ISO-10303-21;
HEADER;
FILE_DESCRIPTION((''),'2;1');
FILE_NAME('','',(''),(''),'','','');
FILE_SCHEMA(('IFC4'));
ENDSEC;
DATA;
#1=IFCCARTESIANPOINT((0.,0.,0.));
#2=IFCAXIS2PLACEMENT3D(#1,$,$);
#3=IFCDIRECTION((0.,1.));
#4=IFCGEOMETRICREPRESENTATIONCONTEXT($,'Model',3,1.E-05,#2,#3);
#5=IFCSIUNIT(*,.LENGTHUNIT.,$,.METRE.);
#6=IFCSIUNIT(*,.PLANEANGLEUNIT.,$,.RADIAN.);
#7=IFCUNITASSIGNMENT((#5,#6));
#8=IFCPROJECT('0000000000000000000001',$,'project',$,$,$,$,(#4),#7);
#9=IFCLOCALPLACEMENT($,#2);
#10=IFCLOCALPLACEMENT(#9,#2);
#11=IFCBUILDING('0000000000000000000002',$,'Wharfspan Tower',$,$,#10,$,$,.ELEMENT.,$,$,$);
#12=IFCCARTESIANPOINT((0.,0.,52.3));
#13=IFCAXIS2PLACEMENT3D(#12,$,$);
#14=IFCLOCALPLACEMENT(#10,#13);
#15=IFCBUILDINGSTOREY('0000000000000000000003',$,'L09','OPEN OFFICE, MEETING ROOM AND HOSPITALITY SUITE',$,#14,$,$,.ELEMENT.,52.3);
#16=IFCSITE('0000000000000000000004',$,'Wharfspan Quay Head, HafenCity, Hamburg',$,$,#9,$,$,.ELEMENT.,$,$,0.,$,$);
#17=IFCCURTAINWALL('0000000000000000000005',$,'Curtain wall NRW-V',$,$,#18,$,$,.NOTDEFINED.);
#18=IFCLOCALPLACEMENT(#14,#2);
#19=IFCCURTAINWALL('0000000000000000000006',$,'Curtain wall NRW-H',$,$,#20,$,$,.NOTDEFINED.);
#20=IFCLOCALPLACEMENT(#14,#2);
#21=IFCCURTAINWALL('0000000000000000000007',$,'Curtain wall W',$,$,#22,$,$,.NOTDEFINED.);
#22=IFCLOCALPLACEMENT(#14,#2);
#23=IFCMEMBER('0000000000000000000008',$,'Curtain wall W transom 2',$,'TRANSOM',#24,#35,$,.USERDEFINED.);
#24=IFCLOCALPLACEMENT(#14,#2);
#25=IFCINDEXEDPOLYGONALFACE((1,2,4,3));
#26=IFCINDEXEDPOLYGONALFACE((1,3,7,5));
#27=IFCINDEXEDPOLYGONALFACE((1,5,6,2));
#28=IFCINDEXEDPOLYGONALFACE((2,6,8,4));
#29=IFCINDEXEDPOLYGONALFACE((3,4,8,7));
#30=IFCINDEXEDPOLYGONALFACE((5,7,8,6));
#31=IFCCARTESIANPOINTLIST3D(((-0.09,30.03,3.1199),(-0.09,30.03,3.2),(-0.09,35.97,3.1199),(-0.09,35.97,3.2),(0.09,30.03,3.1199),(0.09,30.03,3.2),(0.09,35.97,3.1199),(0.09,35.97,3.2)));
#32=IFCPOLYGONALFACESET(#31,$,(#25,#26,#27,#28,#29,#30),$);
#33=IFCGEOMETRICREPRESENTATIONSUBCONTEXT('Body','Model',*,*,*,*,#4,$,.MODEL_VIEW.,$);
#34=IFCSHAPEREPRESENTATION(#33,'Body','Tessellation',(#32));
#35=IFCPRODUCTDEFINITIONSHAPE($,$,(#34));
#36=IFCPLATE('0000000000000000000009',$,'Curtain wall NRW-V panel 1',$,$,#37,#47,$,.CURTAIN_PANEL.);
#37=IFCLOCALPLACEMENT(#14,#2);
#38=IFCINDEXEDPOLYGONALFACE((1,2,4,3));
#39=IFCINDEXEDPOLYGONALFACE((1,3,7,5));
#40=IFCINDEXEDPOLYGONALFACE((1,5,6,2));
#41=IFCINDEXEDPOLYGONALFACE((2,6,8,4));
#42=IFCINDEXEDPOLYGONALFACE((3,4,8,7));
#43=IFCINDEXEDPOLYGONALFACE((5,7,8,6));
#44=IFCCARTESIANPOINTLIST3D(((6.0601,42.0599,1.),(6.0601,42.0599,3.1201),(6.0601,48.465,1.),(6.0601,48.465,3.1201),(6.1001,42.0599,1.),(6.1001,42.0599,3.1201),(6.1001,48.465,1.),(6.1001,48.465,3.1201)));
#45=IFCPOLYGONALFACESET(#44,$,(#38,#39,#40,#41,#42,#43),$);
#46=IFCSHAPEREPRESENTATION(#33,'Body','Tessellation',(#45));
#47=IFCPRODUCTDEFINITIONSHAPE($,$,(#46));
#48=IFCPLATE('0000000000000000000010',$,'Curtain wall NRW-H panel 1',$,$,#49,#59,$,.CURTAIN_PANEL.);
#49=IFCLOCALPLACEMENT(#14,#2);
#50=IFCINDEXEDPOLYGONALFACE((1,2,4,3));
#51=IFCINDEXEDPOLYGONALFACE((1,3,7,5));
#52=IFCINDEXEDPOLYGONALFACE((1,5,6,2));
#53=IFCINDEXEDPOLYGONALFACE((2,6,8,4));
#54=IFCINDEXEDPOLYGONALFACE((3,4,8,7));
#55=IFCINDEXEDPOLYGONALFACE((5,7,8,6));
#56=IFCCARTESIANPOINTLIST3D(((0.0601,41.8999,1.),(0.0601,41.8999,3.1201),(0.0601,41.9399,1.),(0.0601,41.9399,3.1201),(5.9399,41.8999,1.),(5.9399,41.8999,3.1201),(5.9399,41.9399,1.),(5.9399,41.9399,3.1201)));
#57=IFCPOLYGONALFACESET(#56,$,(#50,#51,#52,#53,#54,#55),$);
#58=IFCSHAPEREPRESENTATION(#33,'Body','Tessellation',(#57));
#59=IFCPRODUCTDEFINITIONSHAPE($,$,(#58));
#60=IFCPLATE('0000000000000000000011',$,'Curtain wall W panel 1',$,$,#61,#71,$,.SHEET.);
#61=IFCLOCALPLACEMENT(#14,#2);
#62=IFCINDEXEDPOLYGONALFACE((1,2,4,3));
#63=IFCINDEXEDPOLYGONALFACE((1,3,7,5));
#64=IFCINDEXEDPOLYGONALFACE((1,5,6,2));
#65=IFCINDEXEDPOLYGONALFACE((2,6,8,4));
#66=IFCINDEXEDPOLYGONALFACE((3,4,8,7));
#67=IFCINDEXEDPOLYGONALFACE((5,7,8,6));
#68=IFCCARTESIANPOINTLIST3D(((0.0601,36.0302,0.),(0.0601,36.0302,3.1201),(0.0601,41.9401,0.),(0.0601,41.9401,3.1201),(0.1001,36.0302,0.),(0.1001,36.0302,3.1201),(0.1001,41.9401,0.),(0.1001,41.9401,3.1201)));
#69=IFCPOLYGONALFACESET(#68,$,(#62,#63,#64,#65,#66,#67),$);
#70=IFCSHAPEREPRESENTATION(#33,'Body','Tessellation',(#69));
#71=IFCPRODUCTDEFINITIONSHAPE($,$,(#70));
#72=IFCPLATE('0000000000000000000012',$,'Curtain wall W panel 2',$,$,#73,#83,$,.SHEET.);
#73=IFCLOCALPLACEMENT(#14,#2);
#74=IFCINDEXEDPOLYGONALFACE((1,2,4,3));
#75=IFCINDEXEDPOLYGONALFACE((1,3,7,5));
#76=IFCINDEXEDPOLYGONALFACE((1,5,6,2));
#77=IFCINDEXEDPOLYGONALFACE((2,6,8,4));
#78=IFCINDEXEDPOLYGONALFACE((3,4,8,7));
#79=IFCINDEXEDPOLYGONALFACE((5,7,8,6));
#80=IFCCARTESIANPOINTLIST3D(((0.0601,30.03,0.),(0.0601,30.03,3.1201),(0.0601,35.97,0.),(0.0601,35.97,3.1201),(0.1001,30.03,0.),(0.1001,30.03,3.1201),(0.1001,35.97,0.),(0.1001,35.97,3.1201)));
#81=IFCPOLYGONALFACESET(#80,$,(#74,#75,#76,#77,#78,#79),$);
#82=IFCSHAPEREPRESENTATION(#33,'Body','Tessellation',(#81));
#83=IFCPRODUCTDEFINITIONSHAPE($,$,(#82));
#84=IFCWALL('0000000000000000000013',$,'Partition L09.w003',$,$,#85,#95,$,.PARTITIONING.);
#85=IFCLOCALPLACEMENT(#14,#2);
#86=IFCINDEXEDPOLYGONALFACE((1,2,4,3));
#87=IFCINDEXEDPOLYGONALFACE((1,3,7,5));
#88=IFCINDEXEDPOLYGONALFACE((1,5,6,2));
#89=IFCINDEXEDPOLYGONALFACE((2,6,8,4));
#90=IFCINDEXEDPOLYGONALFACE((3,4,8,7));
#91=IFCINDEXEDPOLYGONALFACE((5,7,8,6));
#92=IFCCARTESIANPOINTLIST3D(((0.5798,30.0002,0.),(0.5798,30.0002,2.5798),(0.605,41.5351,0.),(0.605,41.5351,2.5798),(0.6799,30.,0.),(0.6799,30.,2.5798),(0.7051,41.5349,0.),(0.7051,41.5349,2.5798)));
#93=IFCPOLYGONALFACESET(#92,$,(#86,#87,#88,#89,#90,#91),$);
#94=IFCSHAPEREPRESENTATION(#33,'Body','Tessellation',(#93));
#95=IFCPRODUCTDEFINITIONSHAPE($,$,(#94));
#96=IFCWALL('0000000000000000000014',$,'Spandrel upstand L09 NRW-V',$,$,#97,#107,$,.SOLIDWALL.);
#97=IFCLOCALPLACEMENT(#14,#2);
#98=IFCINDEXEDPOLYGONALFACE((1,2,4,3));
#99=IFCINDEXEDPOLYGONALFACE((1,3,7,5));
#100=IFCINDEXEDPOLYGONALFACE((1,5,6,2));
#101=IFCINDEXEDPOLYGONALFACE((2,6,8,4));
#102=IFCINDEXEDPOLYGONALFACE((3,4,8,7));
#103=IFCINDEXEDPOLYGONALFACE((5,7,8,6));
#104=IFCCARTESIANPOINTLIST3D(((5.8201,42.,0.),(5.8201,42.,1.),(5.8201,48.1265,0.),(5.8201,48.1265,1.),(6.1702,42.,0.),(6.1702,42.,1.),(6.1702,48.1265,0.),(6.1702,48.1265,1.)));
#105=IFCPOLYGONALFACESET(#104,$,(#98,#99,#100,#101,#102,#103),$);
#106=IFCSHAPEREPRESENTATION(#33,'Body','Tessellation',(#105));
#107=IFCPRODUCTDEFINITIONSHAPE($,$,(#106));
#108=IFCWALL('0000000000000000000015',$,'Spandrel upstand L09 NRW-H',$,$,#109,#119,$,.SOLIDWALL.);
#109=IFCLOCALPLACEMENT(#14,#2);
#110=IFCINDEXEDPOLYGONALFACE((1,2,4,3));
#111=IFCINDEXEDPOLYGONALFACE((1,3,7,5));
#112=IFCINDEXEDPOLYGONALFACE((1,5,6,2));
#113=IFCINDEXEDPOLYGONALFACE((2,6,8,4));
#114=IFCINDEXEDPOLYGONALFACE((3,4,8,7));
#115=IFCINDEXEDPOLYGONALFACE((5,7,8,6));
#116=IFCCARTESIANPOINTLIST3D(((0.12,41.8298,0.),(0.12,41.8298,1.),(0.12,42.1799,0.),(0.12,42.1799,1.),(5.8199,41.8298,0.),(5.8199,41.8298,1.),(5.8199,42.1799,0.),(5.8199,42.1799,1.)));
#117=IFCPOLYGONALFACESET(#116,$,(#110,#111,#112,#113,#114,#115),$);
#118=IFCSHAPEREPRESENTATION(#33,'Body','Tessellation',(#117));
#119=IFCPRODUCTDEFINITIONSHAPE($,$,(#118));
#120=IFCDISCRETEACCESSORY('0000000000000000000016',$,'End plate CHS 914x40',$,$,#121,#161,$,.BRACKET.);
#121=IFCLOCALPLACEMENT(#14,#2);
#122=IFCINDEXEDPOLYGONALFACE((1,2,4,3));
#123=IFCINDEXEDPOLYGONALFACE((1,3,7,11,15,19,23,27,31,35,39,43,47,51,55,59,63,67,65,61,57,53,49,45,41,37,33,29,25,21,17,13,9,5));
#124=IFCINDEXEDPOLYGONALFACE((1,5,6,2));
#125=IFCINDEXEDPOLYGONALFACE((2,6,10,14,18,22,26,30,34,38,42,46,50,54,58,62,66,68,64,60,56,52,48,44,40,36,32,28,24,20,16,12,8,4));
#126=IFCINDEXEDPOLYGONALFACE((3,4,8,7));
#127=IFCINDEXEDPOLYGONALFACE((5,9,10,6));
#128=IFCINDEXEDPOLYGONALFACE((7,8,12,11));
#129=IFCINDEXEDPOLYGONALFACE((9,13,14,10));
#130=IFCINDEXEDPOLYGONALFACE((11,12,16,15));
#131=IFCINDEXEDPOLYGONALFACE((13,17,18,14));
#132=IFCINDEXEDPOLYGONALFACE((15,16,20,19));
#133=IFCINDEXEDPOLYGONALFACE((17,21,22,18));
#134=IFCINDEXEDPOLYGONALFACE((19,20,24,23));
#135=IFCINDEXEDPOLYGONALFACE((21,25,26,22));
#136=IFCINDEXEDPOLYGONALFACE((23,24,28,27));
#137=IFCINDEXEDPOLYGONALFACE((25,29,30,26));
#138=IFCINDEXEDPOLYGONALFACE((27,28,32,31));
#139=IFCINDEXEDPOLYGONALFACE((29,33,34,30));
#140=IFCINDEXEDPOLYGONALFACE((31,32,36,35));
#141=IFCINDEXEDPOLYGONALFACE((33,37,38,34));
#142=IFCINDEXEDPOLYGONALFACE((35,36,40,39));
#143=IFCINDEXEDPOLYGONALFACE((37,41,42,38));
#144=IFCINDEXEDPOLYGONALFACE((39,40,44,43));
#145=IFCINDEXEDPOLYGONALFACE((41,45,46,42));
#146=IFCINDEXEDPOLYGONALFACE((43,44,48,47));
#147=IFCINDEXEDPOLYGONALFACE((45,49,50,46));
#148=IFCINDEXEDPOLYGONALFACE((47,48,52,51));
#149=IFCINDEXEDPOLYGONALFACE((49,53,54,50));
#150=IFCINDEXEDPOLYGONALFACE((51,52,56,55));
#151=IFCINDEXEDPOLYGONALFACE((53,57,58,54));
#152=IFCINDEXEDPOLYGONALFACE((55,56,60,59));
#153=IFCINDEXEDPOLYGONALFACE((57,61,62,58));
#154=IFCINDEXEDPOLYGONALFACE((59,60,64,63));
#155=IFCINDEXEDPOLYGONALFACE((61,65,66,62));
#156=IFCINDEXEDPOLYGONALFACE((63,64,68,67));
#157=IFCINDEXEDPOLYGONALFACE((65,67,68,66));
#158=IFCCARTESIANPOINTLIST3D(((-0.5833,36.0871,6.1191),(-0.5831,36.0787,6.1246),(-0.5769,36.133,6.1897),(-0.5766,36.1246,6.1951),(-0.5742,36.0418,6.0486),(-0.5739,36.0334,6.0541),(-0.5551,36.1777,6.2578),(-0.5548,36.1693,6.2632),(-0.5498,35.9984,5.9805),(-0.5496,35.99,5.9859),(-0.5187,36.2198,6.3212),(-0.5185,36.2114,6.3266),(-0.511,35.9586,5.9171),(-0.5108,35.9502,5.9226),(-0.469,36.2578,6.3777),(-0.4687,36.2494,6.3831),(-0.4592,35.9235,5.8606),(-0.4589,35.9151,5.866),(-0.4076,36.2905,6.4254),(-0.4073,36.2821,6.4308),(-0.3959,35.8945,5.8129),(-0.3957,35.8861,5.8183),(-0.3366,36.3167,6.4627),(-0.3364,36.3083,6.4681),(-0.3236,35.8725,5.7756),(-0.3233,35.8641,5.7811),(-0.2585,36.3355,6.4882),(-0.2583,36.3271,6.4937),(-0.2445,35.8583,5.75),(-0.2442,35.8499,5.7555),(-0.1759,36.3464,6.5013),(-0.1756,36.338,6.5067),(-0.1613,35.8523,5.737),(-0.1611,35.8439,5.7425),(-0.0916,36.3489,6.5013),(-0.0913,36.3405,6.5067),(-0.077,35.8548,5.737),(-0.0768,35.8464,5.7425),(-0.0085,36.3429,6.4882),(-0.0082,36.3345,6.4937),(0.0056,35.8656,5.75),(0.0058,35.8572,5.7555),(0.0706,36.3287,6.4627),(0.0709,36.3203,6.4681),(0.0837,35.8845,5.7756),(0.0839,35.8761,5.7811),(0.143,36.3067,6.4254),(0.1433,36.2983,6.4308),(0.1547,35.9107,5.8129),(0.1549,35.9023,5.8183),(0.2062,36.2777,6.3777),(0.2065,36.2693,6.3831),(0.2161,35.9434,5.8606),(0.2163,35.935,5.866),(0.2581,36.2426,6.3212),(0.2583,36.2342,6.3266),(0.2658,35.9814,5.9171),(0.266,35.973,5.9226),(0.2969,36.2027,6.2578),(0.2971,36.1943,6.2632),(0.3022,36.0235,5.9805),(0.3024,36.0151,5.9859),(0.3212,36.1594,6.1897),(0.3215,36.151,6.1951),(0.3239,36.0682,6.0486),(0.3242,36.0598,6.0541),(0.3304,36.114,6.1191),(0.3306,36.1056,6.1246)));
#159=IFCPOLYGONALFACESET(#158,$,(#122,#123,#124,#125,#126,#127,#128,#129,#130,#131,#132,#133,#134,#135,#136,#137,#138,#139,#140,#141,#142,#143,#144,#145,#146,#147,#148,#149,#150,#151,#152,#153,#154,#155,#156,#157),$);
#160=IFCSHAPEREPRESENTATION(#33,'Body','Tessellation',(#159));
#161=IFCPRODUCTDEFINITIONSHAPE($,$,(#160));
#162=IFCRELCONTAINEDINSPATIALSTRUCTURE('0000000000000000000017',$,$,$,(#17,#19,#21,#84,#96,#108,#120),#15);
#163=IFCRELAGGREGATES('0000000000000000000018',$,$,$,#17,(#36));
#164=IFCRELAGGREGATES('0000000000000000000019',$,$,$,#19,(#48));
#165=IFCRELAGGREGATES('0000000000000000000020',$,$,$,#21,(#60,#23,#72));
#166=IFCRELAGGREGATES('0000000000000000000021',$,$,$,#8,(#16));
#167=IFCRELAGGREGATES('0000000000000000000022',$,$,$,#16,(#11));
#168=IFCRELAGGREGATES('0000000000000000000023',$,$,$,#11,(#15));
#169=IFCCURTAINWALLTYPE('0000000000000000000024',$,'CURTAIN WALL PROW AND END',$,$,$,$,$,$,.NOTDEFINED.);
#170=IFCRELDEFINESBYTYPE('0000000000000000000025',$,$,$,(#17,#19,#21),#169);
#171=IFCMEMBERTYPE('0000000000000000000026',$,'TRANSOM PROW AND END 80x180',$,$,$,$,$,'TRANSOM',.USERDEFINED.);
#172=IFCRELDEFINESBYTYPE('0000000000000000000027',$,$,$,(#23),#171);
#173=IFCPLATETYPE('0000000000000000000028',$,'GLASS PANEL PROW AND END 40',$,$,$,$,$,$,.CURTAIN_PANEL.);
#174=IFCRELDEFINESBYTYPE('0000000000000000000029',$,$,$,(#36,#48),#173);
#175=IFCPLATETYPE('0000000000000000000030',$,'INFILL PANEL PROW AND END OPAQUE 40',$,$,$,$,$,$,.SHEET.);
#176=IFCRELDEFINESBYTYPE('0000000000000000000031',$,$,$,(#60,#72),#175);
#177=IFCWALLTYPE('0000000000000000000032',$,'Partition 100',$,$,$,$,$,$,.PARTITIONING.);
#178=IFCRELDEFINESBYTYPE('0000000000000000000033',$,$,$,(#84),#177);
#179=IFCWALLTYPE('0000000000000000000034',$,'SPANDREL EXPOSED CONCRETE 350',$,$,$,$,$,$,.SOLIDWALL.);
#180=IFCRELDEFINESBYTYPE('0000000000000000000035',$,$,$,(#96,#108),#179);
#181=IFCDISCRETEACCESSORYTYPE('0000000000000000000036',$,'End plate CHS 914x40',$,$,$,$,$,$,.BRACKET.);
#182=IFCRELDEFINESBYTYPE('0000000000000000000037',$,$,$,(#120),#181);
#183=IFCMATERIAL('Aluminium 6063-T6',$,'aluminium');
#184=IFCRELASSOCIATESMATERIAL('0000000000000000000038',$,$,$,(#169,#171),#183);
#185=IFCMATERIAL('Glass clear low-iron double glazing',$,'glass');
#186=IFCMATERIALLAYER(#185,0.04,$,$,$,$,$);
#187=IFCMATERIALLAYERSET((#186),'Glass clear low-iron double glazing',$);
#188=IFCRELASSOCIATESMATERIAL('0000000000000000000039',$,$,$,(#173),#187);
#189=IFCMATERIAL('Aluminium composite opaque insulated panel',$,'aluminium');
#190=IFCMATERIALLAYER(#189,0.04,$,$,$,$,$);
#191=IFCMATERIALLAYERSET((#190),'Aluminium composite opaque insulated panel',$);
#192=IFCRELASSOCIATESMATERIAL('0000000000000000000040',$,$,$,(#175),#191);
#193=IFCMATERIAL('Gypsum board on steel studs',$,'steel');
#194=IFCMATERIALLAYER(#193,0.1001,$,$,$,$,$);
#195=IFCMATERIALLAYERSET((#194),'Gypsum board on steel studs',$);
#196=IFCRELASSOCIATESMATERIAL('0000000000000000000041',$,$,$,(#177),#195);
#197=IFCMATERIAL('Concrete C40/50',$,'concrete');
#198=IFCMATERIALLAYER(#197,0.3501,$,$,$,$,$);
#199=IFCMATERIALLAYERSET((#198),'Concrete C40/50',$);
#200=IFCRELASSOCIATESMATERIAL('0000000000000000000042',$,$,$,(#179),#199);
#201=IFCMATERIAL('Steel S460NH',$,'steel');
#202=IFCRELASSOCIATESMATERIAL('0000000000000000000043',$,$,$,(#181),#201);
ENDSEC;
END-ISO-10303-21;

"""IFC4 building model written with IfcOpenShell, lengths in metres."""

from ifc_helpers import new_model, si_unit, direction, frame, frame_2d, origin, origin_2d, place, context, subcontext, project, spatial, rectangle, circle, extrude, material, layer, layer_set, material_profile, profile_set, type_object, element, aggregate, save


model = new_model("IFC4")

# Units and contexts
model_context = context("Model", 3, precision=1e-05, world=origin(), true_north=direction((0.0, 1.0)))
body_context = subcontext(model_context, "Body", "Model", "MODEL_VIEW")
ifc_project = project(units=[si_unit("LENGTHUNIT", "METRE"), si_unit("PLANEANGLEUNIT", "RADIAN")], contexts=[model_context])

# Site, building, storey
site_placement = place(None, origin())
site = spatial("IfcSite", under=ifc_project, at=site_placement, Name="Wharfspan Quay Head, HafenCity, Hamburg", CompositionType="ELEMENT", RefElevation=0.0)
building_placement = place(site_placement, origin())
building = spatial("IfcBuilding", under=site, at=building_placement, Name="Wharfspan Tower", CompositionType="ELEMENT")
storey_placement = place(building_placement, frame((0.0, 0.0, 52.3)))
storey = spatial("IfcBuildingStorey", under=building, at=storey_placement, Name="L09", Description="OPEN OFFICE, MEETING ROOM AND HOSPITALITY SUITE", CompositionType="ELEMENT", Elevation=52.3)

# Curtain walls
ifc_material_1 = material(Name="Aluminium 6063-T6", Category="aluminium")
curtain_wall_type = type_object("IfcCurtainWallType", Name="CURTAIN WALL PROW AND END", PredefinedType="NOTDEFINED", material=ifc_material_1)
curtain_wall_1_placement = place(storey_placement, origin())
curtain_wall_1 = element("IfcCurtainWall", 1, at=curtain_wall_1_placement, inside=storey, type_object=curtain_wall_type, Name="Curtain wall NRW-V", PredefinedType="NOTDEFINED")
curtain_wall_2_placement = place(storey_placement, origin())
curtain_wall_2 = element("IfcCurtainWall", 2, at=curtain_wall_2_placement, inside=storey, type_object=curtain_wall_type, Name="Curtain wall NRW-H", PredefinedType="NOTDEFINED")
curtain_wall_3_placement = place(storey_placement, origin())
curtain_wall_3 = element("IfcCurtainWall", 3, at=curtain_wall_3_placement, inside=storey, type_object=curtain_wall_type, Name="Curtain wall W", PredefinedType="NOTDEFINED")

# Shared definitions
ifc_material_2 = material(Name="Steel S460NH", Category="steel")

# Member
ifc_material_profile_1 = material_profile(ifc_material_1, rectangle(XDim=0.1799, YDim=0.0801, at=origin_2d()))
ifc_profile_set_1 = profile_set([ifc_material_profile_1], Name="Aluminium 6063-T6")
member_type_1 = type_object("IfcMemberType", Name="TRANSOM PROW AND END 80x180", ElementType="TRANSOM", PredefinedType="USERDEFINED", material=ifc_profile_set_1)
member_1_placement = place(storey_placement, frame((0.0, 35.97, 3.1599), z_axis=(0.0, -1.0, 0.0), x_axis=(1.0, 0.0, 0.0)))
member_1 = element("IfcMember", 4, at=member_1_placement, type_object=member_type_1, Name="Curtain wall W transom 2", ObjectType="TRANSOM", PredefinedType="USERDEFINED", context=body_context, shape_type="SweptSolid", body=[
    extrude(rectangle(XDim=0.1799, YDim=0.0801, at=origin_2d()), origin(), (0.0, 0.0, 1.0), 5.9399),
])

# Plates
ifc_material_3 = material(Name="Glass clear low-iron double glazing", Category="glass")
ifc_layer_1 = layer(ifc_material_3, 0.04)
ifc_layer_set_1 = layer_set([ifc_layer_1], Name="Glass clear low-iron double glazing")
plate_type_1 = type_object("IfcPlateType", Name="GLASS PANEL PROW AND END 40", PredefinedType="CURTAIN_PANEL", material=ifc_layer_set_1)
plate_1_placement = place(storey_placement, frame((6.0801, 45.2625, 1.0), z_axis=(0.0, 0.0, 1.0), x_axis=(0.0, -1.0, 0.0)))
plate_1 = element("IfcPlate", 5, at=plate_1_placement, type_object=plate_type_1, Name="Curtain wall NRW-V panel 1", PredefinedType="CURTAIN_PANEL", context=body_context, shape_type="SweptSolid", body=[
    extrude(rectangle(XDim=6.405, YDim=0.04, at=origin_2d()), origin(), (0.0, 0.0, 1.0), 2.1201),
])
aggregate(curtain_wall_1, [plate_1])
plate_2_placement = place(storey_placement, frame((3.0, 41.9199, 1.0), z_axis=(0.0, 0.0, 1.0), x_axis=(-1.0, 0.0, 0.0)))
plate_2 = element("IfcPlate", 6, at=plate_2_placement, type_object=plate_type_1, Name="Curtain wall NRW-H panel 1", PredefinedType="CURTAIN_PANEL", context=body_context, shape_type="SweptSolid", body=[
    extrude(rectangle(XDim=5.8799, YDim=0.04, at=origin_2d()), origin(), (0.0, 0.0, 1.0), 2.1201),
])
aggregate(curtain_wall_2, [plate_2])
ifc_material_4 = material(Name="Aluminium composite opaque insulated panel", Category="aluminium")
ifc_layer_2 = layer(ifc_material_4, 0.04)
ifc_layer_set_2 = layer_set([ifc_layer_2], Name="Aluminium composite opaque insulated panel")
plate_type_2 = type_object("IfcPlateType", Name="INFILL PANEL PROW AND END OPAQUE 40", PredefinedType="SHEET", material=ifc_layer_set_2)
plate_3_placement = place(storey_placement, frame((0.0801, 38.9851, 0.0), z_axis=(0.0, 0.0, 1.0), x_axis=(0.0, -1.0, 0.0)))
plate_3 = element("IfcPlate", 7, at=plate_3_placement, type_object=plate_type_2, Name="Curtain wall W panel 1", PredefinedType="SHEET", context=body_context, shape_type="SweptSolid", body=[
    extrude(rectangle(XDim=5.9099, YDim=0.04, at=origin_2d()), origin(), (0.0, 0.0, 1.0), 3.1201),
])
plate_4_placement = place(storey_placement, frame((0.0801, 33.0, 0.0), z_axis=(0.0, 0.0, 1.0), x_axis=(0.0, -1.0, 0.0)))
plate_4 = element("IfcPlate", 8, at=plate_4_placement, type_object=plate_type_2, Name="Curtain wall W panel 2", PredefinedType="SHEET", context=body_context, shape_type="SweptSolid", body=[
    extrude(rectangle(XDim=5.9399, YDim=0.04, at=origin_2d()), origin(), (0.0, 0.0, 1.0), 3.1201),
])
aggregate(curtain_wall_3, [plate_3, member_1, plate_4])

# Walls
ifc_material_5 = material(Name="Gypsum board on steel studs", Category="steel")
ifc_layer_3 = layer(ifc_material_5, 0.1001)
ifc_layer_set_3 = layer_set([ifc_layer_3], Name="Gypsum board on steel studs")
wall_type_1 = type_object("IfcWallType", Name="Partition 100", PredefinedType="PARTITIONING", material=ifc_layer_set_3)
wall_1_placement = place(storey_placement, frame((0.6299, 30.0, 0.0), z_axis=(0.0, 0.0, 1.0), x_axis=(0.00218, 0.999994, 0.0)))
element("IfcWall", 9, at=wall_1_placement, inside=storey, type_object=wall_type_1, Name="Partition L09.w003", PredefinedType="PARTITIONING", context=body_context, shape_type="SweptSolid", body=[
    extrude(rectangle(XDim=11.5349, YDim=0.1001, at=frame_2d((5.7676, 0.0))), origin(), (0.0, 0.0, 1.0), 2.5798),
])
ifc_material_6 = material(Name="Concrete C40/50", Category="concrete")
ifc_layer_4 = layer(ifc_material_6, 0.3501)
ifc_layer_set_4 = layer_set([ifc_layer_4], Name="Concrete C40/50")
wall_type_2 = type_object("IfcWallType", Name="SPANDREL EXPOSED CONCRETE 350", PredefinedType="SOLIDWALL", material=ifc_layer_set_4)
wall_2_placement = place(storey_placement, frame((5.9951, 48.1265, 0.0), z_axis=(0.0, 0.0, 1.0), x_axis=(0.0, -1.0, 0.0)))
element("IfcWall", 10, at=wall_2_placement, inside=storey, type_object=wall_type_2, Name="Spandrel upstand L09 NRW-V", PredefinedType="SOLIDWALL", context=body_context, shape_type="SweptSolid", body=[
    extrude(rectangle(XDim=6.1265, YDim=0.3501, at=frame_2d((3.0632, 0.0))), origin(), (0.0, 0.0, 1.0), 1.0),
])
wall_3_placement = place(storey_placement, frame((5.8201, 42.0049, 0.0), z_axis=(0.0, 0.0, 1.0), x_axis=(-1.0, 0.0, 0.0)))
element("IfcWall", 11, at=wall_3_placement, inside=storey, type_object=wall_type_2, Name="Spandrel upstand L09 NRW-H", PredefinedType="SOLIDWALL", context=body_context, shape_type="SweptSolid", body=[
    extrude(rectangle(XDim=5.7, YDim=0.3501, at=frame_2d((2.8501, 0.0))), origin(), (0.0, 0.0, 1.0), 1.0),
])

# Discrete accessory
ifc_material_profile_2 = material_profile(ifc_material_2, circle(Radius=0.457, at=origin_2d()))
ifc_profile_set_2 = profile_set([ifc_material_profile_2], Name="Steel S460NH")
discrete_accessory_type = type_object("IfcDiscreteAccessoryType", Name="End plate CHS 914x40", PredefinedType="BRACKET", material=ifc_profile_set_2)
for number, where, z_axis, x_axis, name in (
    (12, (-0.1265, 36.1006, 6.1191), (0.024686, -0.839314, 0.543086), (0.999566, 0.0294, 0.000001), "End plate CHS 914x40"),
):
    element("IfcDiscreteAccessory", number, at=place(storey_placement, frame(where, z_axis=z_axis, x_axis=x_axis)), inside=storey, type_object=discrete_accessory_type, Name=name, PredefinedType="BRACKET", context=body_context, shape_type="SweptSolid", body=[
        extrude(circle(Radius=0.457, at=origin_2d()), origin(), (0.0, 0.0, 1.0), 0.01),
    ])

save(model, "model.ifc")
